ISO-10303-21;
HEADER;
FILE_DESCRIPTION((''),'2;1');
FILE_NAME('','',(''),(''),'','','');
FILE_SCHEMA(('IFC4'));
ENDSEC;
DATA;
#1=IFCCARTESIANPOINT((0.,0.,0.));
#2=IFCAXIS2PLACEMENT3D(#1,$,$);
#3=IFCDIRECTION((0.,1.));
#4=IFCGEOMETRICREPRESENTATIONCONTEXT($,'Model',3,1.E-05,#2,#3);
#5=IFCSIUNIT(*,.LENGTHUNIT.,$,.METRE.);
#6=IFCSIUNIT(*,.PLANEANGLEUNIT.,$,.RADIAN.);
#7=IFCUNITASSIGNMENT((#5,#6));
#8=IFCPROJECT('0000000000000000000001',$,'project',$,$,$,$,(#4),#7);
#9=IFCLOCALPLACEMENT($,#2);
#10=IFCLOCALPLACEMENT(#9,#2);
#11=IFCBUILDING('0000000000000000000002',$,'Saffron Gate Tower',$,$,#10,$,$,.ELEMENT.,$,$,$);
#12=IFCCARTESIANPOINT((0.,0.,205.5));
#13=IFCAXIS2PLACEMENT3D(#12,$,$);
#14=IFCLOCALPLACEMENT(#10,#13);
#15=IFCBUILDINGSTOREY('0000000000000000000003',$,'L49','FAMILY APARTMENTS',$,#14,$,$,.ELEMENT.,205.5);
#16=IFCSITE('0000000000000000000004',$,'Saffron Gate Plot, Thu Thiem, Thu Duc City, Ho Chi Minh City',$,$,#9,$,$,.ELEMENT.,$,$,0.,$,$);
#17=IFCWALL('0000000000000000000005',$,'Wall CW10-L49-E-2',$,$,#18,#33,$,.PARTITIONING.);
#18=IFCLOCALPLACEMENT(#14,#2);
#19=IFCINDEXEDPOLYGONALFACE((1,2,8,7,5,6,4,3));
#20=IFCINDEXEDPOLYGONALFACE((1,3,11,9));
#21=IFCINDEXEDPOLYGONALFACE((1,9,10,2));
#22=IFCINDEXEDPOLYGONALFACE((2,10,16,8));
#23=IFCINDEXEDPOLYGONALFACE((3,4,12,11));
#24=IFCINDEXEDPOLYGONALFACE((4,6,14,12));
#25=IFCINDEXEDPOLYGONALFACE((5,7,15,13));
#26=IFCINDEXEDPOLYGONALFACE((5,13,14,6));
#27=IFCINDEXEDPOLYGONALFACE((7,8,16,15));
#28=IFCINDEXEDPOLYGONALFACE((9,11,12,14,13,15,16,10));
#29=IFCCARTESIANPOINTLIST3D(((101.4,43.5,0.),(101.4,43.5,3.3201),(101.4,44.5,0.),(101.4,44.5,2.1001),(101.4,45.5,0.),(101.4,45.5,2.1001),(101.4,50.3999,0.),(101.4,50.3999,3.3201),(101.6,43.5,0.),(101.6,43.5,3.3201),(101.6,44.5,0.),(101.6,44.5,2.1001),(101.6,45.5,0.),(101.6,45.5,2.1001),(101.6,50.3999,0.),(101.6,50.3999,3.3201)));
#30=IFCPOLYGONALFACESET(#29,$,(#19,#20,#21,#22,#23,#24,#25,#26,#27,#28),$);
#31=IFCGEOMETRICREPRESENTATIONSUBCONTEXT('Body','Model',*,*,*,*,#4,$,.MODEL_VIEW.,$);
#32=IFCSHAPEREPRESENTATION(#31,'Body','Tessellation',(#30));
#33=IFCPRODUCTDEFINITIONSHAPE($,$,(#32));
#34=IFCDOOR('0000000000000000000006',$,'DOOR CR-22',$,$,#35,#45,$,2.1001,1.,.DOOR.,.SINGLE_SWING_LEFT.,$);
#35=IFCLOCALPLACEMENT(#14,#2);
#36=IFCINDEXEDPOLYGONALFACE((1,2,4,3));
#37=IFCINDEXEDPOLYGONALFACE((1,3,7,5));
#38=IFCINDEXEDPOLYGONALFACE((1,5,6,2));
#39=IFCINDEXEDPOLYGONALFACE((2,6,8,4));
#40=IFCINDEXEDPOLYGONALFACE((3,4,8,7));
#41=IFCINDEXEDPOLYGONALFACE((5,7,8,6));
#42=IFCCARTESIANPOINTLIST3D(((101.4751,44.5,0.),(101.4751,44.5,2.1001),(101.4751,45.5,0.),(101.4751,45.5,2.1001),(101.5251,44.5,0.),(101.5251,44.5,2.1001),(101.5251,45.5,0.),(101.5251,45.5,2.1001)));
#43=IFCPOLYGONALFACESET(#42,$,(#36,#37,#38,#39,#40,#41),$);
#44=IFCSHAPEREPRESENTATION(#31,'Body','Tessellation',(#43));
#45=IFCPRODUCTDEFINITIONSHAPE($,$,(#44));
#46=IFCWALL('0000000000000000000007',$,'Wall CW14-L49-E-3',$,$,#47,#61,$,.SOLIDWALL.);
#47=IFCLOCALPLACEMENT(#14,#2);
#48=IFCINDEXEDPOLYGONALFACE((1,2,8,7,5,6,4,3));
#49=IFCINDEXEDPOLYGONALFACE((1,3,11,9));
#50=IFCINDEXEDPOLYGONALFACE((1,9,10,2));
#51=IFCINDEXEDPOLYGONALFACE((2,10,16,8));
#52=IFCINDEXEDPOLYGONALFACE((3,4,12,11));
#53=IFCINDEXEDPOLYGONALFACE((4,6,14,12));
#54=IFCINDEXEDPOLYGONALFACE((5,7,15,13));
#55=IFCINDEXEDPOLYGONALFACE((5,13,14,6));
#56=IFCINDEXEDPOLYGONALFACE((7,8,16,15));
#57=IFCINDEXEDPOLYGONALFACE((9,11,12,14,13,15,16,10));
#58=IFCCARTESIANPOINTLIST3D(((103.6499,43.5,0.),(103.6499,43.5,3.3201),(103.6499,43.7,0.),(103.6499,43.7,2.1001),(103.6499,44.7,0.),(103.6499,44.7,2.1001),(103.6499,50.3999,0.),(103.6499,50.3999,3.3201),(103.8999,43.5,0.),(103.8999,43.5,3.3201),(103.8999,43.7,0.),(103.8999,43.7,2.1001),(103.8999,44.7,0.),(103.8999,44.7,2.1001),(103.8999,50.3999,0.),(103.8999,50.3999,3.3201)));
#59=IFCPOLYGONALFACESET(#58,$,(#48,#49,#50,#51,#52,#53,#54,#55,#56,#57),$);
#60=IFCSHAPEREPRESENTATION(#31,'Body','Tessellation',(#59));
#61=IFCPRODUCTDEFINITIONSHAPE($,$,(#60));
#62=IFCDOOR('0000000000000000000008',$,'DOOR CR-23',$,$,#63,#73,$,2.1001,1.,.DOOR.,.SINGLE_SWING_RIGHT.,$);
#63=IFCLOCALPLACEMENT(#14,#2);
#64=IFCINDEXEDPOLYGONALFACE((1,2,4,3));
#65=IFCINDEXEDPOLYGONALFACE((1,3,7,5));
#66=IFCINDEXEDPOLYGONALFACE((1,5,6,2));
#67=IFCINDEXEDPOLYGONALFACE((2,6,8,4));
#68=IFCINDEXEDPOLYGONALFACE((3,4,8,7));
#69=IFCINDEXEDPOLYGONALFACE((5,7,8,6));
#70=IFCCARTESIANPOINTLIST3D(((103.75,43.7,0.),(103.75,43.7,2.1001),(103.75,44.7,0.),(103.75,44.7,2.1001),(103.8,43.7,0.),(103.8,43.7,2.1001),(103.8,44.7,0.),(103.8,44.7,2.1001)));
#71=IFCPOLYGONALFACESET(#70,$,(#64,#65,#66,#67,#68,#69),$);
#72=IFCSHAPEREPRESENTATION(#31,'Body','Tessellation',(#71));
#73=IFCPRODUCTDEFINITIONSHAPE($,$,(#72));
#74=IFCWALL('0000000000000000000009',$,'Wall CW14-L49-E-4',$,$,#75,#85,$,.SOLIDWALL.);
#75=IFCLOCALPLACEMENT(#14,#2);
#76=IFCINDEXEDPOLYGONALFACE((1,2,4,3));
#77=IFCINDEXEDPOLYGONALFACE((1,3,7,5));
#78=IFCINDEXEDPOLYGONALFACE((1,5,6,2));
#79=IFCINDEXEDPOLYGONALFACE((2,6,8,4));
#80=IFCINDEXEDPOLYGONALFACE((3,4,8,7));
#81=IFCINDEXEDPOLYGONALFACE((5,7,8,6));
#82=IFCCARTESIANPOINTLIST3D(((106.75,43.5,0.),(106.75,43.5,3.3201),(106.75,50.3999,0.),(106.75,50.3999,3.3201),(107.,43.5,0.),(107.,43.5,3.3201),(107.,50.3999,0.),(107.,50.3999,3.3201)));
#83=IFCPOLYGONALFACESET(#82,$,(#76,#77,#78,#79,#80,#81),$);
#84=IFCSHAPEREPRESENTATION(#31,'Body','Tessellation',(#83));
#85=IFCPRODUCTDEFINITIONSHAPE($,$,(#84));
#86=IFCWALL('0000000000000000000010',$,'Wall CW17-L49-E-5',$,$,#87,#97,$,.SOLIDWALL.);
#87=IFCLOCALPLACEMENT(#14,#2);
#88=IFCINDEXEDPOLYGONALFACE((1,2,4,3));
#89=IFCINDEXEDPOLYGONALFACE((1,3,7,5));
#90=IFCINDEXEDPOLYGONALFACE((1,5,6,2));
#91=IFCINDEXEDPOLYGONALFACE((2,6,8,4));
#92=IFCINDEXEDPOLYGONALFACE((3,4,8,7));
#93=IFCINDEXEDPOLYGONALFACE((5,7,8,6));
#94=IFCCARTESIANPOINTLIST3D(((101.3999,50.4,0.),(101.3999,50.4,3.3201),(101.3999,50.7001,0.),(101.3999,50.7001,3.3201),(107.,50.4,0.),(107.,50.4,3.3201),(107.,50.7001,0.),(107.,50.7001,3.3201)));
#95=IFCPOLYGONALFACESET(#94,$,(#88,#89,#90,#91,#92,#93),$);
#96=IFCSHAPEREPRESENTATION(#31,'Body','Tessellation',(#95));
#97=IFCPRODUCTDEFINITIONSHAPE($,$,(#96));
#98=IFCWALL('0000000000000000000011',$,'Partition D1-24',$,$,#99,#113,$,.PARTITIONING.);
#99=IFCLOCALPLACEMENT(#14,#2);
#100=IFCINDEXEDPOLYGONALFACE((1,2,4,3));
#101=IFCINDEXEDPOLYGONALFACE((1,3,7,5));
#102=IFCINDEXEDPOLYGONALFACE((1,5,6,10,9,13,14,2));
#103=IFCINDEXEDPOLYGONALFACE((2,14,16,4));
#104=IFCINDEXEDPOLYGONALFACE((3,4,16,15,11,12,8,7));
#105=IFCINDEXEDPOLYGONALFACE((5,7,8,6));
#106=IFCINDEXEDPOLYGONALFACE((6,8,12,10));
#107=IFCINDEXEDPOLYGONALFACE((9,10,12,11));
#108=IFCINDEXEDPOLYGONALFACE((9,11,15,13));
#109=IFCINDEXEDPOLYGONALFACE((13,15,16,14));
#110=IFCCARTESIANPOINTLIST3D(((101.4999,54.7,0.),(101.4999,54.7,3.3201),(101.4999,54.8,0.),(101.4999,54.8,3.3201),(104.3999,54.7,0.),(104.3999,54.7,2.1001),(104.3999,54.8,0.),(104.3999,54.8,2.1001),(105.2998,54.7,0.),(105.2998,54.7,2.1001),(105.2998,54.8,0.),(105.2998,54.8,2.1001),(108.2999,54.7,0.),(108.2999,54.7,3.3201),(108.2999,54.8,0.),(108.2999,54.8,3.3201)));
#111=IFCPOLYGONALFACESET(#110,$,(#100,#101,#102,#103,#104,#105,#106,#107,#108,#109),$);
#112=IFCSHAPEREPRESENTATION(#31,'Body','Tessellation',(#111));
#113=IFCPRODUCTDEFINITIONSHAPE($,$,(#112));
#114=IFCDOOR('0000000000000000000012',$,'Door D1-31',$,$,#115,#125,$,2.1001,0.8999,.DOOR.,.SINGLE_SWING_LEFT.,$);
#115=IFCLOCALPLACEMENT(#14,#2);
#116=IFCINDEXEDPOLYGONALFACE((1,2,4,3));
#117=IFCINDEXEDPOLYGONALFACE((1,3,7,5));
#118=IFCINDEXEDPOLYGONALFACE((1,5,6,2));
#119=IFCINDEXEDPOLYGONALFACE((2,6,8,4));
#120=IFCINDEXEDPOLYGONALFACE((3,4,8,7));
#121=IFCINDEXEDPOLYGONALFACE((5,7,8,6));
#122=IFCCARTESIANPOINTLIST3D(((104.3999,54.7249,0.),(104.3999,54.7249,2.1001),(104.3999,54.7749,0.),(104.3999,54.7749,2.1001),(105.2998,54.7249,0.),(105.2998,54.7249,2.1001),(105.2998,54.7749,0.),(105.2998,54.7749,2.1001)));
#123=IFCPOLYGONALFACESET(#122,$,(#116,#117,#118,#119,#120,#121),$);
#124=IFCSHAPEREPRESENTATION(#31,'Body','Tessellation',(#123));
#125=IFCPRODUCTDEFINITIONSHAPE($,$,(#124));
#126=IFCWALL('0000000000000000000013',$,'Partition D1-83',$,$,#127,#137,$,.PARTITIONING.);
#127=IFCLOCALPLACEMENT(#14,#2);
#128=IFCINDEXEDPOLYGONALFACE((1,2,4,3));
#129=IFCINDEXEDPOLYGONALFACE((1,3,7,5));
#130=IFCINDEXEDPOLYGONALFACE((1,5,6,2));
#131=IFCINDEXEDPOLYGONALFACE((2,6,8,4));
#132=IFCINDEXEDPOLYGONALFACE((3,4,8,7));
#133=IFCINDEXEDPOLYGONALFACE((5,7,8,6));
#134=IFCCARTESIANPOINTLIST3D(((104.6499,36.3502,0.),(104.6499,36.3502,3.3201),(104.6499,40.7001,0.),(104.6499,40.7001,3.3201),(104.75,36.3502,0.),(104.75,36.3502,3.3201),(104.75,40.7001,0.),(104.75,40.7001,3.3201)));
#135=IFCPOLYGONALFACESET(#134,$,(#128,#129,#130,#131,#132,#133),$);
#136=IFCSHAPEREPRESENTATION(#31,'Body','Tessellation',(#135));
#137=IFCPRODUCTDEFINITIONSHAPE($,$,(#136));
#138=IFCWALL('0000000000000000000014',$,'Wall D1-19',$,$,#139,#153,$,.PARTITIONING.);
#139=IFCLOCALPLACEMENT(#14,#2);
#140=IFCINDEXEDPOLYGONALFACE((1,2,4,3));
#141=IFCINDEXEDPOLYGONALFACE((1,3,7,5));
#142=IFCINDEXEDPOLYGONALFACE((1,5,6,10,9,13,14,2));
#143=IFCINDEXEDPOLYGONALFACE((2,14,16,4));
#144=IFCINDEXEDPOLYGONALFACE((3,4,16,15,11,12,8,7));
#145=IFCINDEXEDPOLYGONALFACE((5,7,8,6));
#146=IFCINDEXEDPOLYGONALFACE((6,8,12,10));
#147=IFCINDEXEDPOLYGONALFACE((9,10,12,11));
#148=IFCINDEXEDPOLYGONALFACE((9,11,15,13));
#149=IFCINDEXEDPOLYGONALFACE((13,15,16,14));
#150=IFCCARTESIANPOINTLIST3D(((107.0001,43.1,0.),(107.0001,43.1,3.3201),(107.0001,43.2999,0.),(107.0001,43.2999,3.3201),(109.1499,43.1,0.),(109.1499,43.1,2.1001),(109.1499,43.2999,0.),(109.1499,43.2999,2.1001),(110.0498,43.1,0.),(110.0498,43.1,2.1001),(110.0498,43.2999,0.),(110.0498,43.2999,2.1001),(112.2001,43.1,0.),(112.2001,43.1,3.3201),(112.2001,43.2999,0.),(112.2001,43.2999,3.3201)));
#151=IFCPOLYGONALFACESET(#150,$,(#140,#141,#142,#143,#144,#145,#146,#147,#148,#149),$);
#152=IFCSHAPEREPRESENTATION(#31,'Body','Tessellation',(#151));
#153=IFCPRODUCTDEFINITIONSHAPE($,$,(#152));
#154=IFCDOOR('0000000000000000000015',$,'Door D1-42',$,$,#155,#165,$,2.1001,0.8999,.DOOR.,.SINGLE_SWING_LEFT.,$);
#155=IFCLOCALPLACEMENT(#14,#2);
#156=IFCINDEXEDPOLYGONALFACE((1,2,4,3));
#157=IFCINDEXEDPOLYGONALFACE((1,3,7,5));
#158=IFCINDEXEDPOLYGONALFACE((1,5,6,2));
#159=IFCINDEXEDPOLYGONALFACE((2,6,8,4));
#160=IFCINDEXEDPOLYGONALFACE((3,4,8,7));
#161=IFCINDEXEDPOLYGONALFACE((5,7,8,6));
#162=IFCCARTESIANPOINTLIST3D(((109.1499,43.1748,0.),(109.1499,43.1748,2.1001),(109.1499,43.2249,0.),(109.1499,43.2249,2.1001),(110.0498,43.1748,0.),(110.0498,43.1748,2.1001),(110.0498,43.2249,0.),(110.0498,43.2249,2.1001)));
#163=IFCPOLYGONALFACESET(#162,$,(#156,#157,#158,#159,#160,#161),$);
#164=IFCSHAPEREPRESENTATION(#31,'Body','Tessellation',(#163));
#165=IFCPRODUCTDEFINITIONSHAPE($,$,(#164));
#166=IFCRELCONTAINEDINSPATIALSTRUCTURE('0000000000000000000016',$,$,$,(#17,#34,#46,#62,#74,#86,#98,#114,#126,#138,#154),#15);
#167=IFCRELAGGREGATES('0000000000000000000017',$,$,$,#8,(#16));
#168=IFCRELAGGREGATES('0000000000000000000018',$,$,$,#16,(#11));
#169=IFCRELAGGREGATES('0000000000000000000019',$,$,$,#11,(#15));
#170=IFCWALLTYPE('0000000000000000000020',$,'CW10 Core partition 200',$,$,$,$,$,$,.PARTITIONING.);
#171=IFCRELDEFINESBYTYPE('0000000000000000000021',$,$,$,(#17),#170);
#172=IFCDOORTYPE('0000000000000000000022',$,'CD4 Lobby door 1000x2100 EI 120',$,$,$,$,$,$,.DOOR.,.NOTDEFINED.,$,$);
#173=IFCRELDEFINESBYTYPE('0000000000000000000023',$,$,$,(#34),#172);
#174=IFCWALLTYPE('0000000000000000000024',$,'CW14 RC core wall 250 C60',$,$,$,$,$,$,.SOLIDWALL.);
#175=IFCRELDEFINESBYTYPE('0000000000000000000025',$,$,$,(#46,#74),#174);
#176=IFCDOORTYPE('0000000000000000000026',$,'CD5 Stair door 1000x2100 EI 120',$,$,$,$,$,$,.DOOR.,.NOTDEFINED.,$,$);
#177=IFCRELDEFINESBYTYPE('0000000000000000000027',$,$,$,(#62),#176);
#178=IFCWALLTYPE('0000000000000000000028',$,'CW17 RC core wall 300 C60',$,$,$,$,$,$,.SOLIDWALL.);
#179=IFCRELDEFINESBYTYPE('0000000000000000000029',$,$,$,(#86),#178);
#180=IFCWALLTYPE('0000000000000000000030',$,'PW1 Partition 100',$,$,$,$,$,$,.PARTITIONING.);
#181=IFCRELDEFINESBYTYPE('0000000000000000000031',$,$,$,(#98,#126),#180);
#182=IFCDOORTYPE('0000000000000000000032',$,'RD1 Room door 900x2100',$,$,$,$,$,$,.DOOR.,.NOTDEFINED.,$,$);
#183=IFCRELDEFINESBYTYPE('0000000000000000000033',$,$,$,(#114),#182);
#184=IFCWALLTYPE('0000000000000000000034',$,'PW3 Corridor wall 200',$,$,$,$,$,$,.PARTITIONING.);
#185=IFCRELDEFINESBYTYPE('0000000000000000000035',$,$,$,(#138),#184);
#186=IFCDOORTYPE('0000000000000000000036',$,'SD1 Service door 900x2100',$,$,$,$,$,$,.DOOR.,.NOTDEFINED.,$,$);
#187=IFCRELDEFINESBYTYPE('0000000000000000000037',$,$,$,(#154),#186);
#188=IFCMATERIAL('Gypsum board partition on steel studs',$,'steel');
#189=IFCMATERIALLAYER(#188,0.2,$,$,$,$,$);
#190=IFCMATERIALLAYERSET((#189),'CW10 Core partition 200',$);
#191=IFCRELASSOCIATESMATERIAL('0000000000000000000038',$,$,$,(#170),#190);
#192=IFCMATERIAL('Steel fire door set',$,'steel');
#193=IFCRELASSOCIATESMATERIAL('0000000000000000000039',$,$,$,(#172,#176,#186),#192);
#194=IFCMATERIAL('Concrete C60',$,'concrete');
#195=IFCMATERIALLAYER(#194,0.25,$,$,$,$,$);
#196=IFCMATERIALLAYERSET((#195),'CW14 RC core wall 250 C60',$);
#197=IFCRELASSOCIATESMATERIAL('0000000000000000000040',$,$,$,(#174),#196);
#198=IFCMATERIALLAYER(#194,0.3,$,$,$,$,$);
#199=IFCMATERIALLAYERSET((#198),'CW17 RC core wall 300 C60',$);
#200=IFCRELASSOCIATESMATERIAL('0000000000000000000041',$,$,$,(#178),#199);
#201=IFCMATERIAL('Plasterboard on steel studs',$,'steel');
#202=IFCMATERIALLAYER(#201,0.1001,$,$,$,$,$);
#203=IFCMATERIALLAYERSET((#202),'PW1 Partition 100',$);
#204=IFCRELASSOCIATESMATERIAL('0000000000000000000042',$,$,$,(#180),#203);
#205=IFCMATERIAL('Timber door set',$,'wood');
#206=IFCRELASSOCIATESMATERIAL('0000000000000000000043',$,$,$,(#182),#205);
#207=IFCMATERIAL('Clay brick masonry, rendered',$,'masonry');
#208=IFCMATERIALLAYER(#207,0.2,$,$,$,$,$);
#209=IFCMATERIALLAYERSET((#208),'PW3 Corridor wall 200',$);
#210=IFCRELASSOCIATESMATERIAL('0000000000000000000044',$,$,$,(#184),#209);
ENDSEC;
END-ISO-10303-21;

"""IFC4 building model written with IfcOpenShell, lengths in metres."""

from ifc_helpers import new_model, si_unit, direction, frame, frame_2d, origin, place, context, subcontext, project, spatial, rectangle, extrude, material, layer, layer_set, type_object, element, fill, save


model = new_model("IFC4")

# Units and contexts
model_context = context("Model", 3, precision=1e-05, world=origin(), true_north=direction((0.0, 1.0)))
body_context = subcontext(model_context, "Body", "Model", "MODEL_VIEW")
ifc_project = project(units=[si_unit("LENGTHUNIT", "METRE"), si_unit("PLANEANGLEUNIT", "RADIAN")], contexts=[model_context])

# Site, building, storey
site_placement = place(None, origin())
site = spatial("IfcSite", under=ifc_project, at=site_placement, Name="Saffron Gate Plot, Thu Thiem, Thu Duc City, Ho Chi Minh City", CompositionType="ELEMENT", RefElevation=0.0)
building_placement = place(site_placement, origin())
building = spatial("IfcBuilding", under=site, at=building_placement, Name="Saffron Gate Tower", CompositionType="ELEMENT")
storey_placement = place(building_placement, frame((0.0, 0.0, 205.5)))
storey = spatial("IfcBuildingStorey", under=building, at=storey_placement, Name="L49", Description="FAMILY APARTMENTS", CompositionType="ELEMENT", Elevation=205.5)

# Walls, openings, doors
ifc_material_1 = material(Name="Gypsum board partition on steel studs", Category="steel")
ifc_layer_1 = layer(ifc_material_1, 0.2)
ifc_layer_set_1 = layer_set([ifc_layer_1], Name="CW10 Core partition 200")
wall_type_1 = type_object("IfcWallType", Name="CW10 Core partition 200", PredefinedType="PARTITIONING", material=ifc_layer_set_1)
wall_1_placement = place(storey_placement, frame((101.5, 43.5, 0.0), z_axis=(0.0, 0.0, 1.0), x_axis=(0.0, 1.0, 0.0)))
wall_1 = element("IfcWall", 1, at=wall_1_placement, inside=storey, type_object=wall_type_1, Name="Wall CW10-L49-E-2", PredefinedType="PARTITIONING", context=body_context, shape_type="SweptSolid", body=[
    extrude(rectangle(XDim=6.8999, YDim=0.2, at=frame_2d((3.45, 0.0))), origin(), (0.0, 0.0, 1.0), 3.3201),
])
opening_1_placement = place(wall_1_placement, frame((1.0, 0.0, 0.0)))
opening_1 = element("IfcOpeningElement", 2, at=opening_1_placement, cuts=wall_1, PredefinedType="OPENING", context=body_context, shape_type="SweptSolid", body=[
    extrude(rectangle(XDim=1.0, YDim=2.1001, at=frame_2d((0.5, 1.05))), frame((0.0, 0.1099, 0.0), z_axis=(0.0, -1.0, 0.0), x_axis=(1.0, 0.0, 0.0)), (0.0, 0.0, 1.0), 0.22),
])
ifc_material_2 = material(Name="Steel fire door set", Category="steel")
door_type_1 = type_object("IfcDoorType", Name="CD4 Lobby door 1000x2100 EI 120", OperationType="NOTDEFINED", PredefinedType="DOOR", material=ifc_material_2)
door_1_placement = place(opening_1_placement, origin())
door_1 = element("IfcDoor", 3, at=door_1_placement, inside=storey, type_object=door_type_1, Name="DOOR CR-22", OperationType="SINGLE_SWING_LEFT", OverallHeight=2.1001, OverallWidth=1.0, PredefinedType="DOOR", context=body_context, shape_type="SweptSolid", body=[
    extrude(rectangle(XDim=1.0, YDim=2.1001, at=frame_2d((0.5, 1.05))), frame((0.0, 0.0249, 0.0), z_axis=(0.0, -1.0, 0.0), x_axis=(1.0, 0.0, 0.0)), (0.0, 0.0, 1.0), 0.05),
])
fill(opening_1, door_1)
ifc_material_3 = material(Name="Concrete C60", Category="concrete")
ifc_layer_2 = layer(ifc_material_3, 0.25)
ifc_layer_set_2 = layer_set([ifc_layer_2], Name="CW14 RC core wall 250 C60")
wall_type_2 = type_object("IfcWallType", Name="CW14 RC core wall 250 C60", PredefinedType="SOLIDWALL", material=ifc_layer_set_2)
wall_2_placement = place(storey_placement, frame((103.7749, 43.5, 0.0), z_axis=(0.0, 0.0, 1.0), x_axis=(0.0, 1.0, 0.0)))
wall_2 = element("IfcWall", 4, at=wall_2_placement, inside=storey, type_object=wall_type_2, Name="Wall CW14-L49-E-3", PredefinedType="SOLIDWALL", context=body_context, shape_type="SweptSolid", body=[
    extrude(rectangle(XDim=6.8999, YDim=0.25, at=frame_2d((3.45, 0.0))), origin(), (0.0, 0.0, 1.0), 3.3201),
])
opening_2_placement = place(wall_2_placement, frame((0.2, 0.0, 0.0)))
opening_2 = element("IfcOpeningElement", 5, at=opening_2_placement, cuts=wall_2, PredefinedType="OPENING", context=body_context, shape_type="SweptSolid", body=[
    extrude(rectangle(XDim=1.0, YDim=2.1001, at=frame_2d((0.5, 1.05))), frame((0.0, 0.135, 0.0), z_axis=(0.0, -1.0, 0.0), x_axis=(1.0, 0.0, 0.0)), (0.0, 0.0, 1.0), 0.27),
])
door_type_2 = type_object("IfcDoorType", Name="CD5 Stair door 1000x2100 EI 120", OperationType="NOTDEFINED", PredefinedType="DOOR", material=ifc_material_2)
door_2_placement = place(opening_2_placement, origin())
door_2 = element("IfcDoor", 6, at=door_2_placement, inside=storey, type_object=door_type_2, Name="DOOR CR-23", OperationType="SINGLE_SWING_RIGHT", OverallHeight=2.1001, OverallWidth=1.0, PredefinedType="DOOR", context=body_context, shape_type="SweptSolid", body=[
    extrude(rectangle(XDim=1.0, YDim=2.1001, at=frame_2d((0.5, 1.05))), frame((0.0, 0.0249, 0.0), z_axis=(0.0, -1.0, 0.0), x_axis=(1.0, 0.0, 0.0)), (0.0, 0.0, 1.0), 0.05),
])
fill(opening_2, door_2)

# Walls
wall_3_placement = place(storey_placement, frame((106.875, 43.5, 0.0), z_axis=(0.0, 0.0, 1.0), x_axis=(0.0, 1.0, 0.0)))
element("IfcWall", 7, at=wall_3_placement, inside=storey, type_object=wall_type_2, Name="Wall CW14-L49-E-4", PredefinedType="SOLIDWALL", context=body_context, shape_type="SweptSolid", body=[
    extrude(rectangle(XDim=6.8999, YDim=0.25, at=frame_2d((3.45, 0.0))), origin(), (0.0, 0.0, 1.0), 3.3201),
])
ifc_layer_3 = layer(ifc_material_3, 0.3)
ifc_layer_set_3 = layer_set([ifc_layer_3], Name="CW17 RC core wall 300 C60")
wall_type_3 = type_object("IfcWallType", Name="CW17 RC core wall 300 C60", PredefinedType="SOLIDWALL", material=ifc_layer_set_3)
wall_4_placement = place(storey_placement, frame((101.3999, 50.55, 0.0), z_axis=(0.0, 0.0, 1.0), x_axis=(1.0, 0.0, 0.0)))
element("IfcWall", 8, at=wall_4_placement, inside=storey, type_object=wall_type_3, Name="Wall CW17-L49-E-5", PredefinedType="SOLIDWALL", context=body_context, shape_type="SweptSolid", body=[
    extrude(rectangle(XDim=5.6001, YDim=0.3, at=frame_2d((2.8, 0.0))), origin(), (0.0, 0.0, 1.0), 3.3201),
])

# Wall, opening, door
ifc_material_4 = material(Name="Plasterboard on steel studs", Category="steel")
ifc_layer_4 = layer(ifc_material_4, 0.1001)
ifc_layer_set_4 = layer_set([ifc_layer_4], Name="PW1 Partition 100")
wall_type_4 = type_object("IfcWallType", Name="PW1 Partition 100", PredefinedType="PARTITIONING", material=ifc_layer_set_4)
wall_5_placement = place(storey_placement, frame((101.5, 54.75, 0.0), z_axis=(0.0, 0.0, 1.0), x_axis=(1.0, 0.0, 0.0)))
wall_5 = element("IfcWall", 9, at=wall_5_placement, inside=storey, type_object=wall_type_4, Name="Partition D1-24", PredefinedType="PARTITIONING", context=body_context, shape_type="SweptSolid", body=[
    extrude(rectangle(XDim=6.8, YDim=0.1001, at=frame_2d((3.3999, 0.0))), origin(), (0.0, 0.0, 1.0), 3.3201),
])
opening_3_placement = place(wall_5_placement, frame((2.8999, 0.0, 0.0)))
opening_3 = element("IfcOpeningElement", 10, at=opening_3_placement, cuts=wall_5, PredefinedType="OPENING", context=body_context, shape_type="SweptSolid", body=[
    extrude(rectangle(XDim=0.8999, YDim=2.1001, at=frame_2d((0.45, 1.05))), frame((0.0, 0.0601, 0.0), z_axis=(0.0, -1.0, 0.0), x_axis=(1.0, 0.0, 0.0)), (0.0, 0.0, 1.0), 0.1201),
])
ifc_material_5 = material(Name="Timber door set", Category="wood")
door_type_3 = type_object("IfcDoorType", Name="RD1 Room door 900x2100", OperationType="NOTDEFINED", PredefinedType="DOOR", material=ifc_material_5)
door_3_placement = place(opening_3_placement, origin())
door_3 = element("IfcDoor", 11, at=door_3_placement, inside=storey, type_object=door_type_3, Name="Door D1-31", OperationType="SINGLE_SWING_LEFT", OverallHeight=2.1001, OverallWidth=0.8999, PredefinedType="DOOR", context=body_context, shape_type="SweptSolid", body=[
    extrude(rectangle(XDim=0.8999, YDim=2.1001, at=frame_2d((0.45, 1.05))), frame((0.0, 0.0249, 0.0), z_axis=(0.0, -1.0, 0.0), x_axis=(1.0, 0.0, 0.0)), (0.0, 0.0, 1.0), 0.05),
])
fill(opening_3, door_3)

# Wall
wall_6_placement = place(storey_placement, frame((104.7, 40.7, 0.0), z_axis=(0.0, 0.0, 1.0), x_axis=(0.0, -1.0, 0.0)))
element("IfcWall", 12, at=wall_6_placement, inside=storey, type_object=wall_type_4, Name="Partition D1-83", PredefinedType="PARTITIONING", context=body_context, shape_type="SweptSolid", body=[
    extrude(rectangle(XDim=4.3499, YDim=0.1001, at=frame_2d((2.1748, 0.0))), origin(), (0.0, 0.0, 1.0), 3.3201),
])

# Wall, opening, door
ifc_material_6 = material(Name="Clay brick masonry, rendered", Category="masonry")
ifc_layer_5 = layer(ifc_material_6, 0.2)
ifc_layer_set_5 = layer_set([ifc_layer_5], Name="PW3 Corridor wall 200")
wall_type_5 = type_object("IfcWallType", Name="PW3 Corridor wall 200", PredefinedType="PARTITIONING", material=ifc_layer_set_5)
wall_7_placement = place(storey_placement, frame((107.0, 43.2, 0.0), z_axis=(0.0, 0.0, 1.0), x_axis=(1.0, 0.0, 0.0)))
wall_7 = element("IfcWall", 13, at=wall_7_placement, inside=storey, type_object=wall_type_5, Name="Wall D1-19", PredefinedType="PARTITIONING", context=body_context, shape_type="SweptSolid", body=[
    extrude(rectangle(XDim=5.2, YDim=0.2, at=frame_2d((2.6001, 0.0))), origin(), (0.0, 0.0, 1.0), 3.3201),
])
opening_4_placement = place(wall_7_placement, frame((2.1499, 0.0, 0.0)))
opening_4 = element("IfcOpeningElement", 14, at=opening_4_placement, cuts=wall_7, PredefinedType="OPENING", context=body_context, shape_type="SweptSolid", body=[
    extrude(rectangle(XDim=0.8999, YDim=2.1001, at=frame_2d((0.45, 1.05))), frame((0.0, 0.1099, 0.0), z_axis=(0.0, -1.0, 0.0), x_axis=(1.0, 0.0, 0.0)), (0.0, 0.0, 1.0), 0.22),
])
door_type_4 = type_object("IfcDoorType", Name="SD1 Service door 900x2100", OperationType="NOTDEFINED", PredefinedType="DOOR", material=ifc_material_2)
door_4_placement = place(opening_4_placement, origin())
door_4 = element("IfcDoor", 15, at=door_4_placement, inside=storey, type_object=door_type_4, Name="Door D1-42", OperationType="SINGLE_SWING_LEFT", OverallHeight=2.1001, OverallWidth=0.8999, PredefinedType="DOOR", context=body_context, shape_type="SweptSolid", body=[
    extrude(rectangle(XDim=0.8999, YDim=2.1001, at=frame_2d((0.45, 1.05))), frame((0.0, 0.0249, 0.0), z_axis=(0.0, -1.0, 0.0), x_axis=(1.0, 0.0, 0.0)), (0.0, 0.0, 1.0), 0.05),
])
fill(opening_4, door_4)

save(model, "model.ifc")
